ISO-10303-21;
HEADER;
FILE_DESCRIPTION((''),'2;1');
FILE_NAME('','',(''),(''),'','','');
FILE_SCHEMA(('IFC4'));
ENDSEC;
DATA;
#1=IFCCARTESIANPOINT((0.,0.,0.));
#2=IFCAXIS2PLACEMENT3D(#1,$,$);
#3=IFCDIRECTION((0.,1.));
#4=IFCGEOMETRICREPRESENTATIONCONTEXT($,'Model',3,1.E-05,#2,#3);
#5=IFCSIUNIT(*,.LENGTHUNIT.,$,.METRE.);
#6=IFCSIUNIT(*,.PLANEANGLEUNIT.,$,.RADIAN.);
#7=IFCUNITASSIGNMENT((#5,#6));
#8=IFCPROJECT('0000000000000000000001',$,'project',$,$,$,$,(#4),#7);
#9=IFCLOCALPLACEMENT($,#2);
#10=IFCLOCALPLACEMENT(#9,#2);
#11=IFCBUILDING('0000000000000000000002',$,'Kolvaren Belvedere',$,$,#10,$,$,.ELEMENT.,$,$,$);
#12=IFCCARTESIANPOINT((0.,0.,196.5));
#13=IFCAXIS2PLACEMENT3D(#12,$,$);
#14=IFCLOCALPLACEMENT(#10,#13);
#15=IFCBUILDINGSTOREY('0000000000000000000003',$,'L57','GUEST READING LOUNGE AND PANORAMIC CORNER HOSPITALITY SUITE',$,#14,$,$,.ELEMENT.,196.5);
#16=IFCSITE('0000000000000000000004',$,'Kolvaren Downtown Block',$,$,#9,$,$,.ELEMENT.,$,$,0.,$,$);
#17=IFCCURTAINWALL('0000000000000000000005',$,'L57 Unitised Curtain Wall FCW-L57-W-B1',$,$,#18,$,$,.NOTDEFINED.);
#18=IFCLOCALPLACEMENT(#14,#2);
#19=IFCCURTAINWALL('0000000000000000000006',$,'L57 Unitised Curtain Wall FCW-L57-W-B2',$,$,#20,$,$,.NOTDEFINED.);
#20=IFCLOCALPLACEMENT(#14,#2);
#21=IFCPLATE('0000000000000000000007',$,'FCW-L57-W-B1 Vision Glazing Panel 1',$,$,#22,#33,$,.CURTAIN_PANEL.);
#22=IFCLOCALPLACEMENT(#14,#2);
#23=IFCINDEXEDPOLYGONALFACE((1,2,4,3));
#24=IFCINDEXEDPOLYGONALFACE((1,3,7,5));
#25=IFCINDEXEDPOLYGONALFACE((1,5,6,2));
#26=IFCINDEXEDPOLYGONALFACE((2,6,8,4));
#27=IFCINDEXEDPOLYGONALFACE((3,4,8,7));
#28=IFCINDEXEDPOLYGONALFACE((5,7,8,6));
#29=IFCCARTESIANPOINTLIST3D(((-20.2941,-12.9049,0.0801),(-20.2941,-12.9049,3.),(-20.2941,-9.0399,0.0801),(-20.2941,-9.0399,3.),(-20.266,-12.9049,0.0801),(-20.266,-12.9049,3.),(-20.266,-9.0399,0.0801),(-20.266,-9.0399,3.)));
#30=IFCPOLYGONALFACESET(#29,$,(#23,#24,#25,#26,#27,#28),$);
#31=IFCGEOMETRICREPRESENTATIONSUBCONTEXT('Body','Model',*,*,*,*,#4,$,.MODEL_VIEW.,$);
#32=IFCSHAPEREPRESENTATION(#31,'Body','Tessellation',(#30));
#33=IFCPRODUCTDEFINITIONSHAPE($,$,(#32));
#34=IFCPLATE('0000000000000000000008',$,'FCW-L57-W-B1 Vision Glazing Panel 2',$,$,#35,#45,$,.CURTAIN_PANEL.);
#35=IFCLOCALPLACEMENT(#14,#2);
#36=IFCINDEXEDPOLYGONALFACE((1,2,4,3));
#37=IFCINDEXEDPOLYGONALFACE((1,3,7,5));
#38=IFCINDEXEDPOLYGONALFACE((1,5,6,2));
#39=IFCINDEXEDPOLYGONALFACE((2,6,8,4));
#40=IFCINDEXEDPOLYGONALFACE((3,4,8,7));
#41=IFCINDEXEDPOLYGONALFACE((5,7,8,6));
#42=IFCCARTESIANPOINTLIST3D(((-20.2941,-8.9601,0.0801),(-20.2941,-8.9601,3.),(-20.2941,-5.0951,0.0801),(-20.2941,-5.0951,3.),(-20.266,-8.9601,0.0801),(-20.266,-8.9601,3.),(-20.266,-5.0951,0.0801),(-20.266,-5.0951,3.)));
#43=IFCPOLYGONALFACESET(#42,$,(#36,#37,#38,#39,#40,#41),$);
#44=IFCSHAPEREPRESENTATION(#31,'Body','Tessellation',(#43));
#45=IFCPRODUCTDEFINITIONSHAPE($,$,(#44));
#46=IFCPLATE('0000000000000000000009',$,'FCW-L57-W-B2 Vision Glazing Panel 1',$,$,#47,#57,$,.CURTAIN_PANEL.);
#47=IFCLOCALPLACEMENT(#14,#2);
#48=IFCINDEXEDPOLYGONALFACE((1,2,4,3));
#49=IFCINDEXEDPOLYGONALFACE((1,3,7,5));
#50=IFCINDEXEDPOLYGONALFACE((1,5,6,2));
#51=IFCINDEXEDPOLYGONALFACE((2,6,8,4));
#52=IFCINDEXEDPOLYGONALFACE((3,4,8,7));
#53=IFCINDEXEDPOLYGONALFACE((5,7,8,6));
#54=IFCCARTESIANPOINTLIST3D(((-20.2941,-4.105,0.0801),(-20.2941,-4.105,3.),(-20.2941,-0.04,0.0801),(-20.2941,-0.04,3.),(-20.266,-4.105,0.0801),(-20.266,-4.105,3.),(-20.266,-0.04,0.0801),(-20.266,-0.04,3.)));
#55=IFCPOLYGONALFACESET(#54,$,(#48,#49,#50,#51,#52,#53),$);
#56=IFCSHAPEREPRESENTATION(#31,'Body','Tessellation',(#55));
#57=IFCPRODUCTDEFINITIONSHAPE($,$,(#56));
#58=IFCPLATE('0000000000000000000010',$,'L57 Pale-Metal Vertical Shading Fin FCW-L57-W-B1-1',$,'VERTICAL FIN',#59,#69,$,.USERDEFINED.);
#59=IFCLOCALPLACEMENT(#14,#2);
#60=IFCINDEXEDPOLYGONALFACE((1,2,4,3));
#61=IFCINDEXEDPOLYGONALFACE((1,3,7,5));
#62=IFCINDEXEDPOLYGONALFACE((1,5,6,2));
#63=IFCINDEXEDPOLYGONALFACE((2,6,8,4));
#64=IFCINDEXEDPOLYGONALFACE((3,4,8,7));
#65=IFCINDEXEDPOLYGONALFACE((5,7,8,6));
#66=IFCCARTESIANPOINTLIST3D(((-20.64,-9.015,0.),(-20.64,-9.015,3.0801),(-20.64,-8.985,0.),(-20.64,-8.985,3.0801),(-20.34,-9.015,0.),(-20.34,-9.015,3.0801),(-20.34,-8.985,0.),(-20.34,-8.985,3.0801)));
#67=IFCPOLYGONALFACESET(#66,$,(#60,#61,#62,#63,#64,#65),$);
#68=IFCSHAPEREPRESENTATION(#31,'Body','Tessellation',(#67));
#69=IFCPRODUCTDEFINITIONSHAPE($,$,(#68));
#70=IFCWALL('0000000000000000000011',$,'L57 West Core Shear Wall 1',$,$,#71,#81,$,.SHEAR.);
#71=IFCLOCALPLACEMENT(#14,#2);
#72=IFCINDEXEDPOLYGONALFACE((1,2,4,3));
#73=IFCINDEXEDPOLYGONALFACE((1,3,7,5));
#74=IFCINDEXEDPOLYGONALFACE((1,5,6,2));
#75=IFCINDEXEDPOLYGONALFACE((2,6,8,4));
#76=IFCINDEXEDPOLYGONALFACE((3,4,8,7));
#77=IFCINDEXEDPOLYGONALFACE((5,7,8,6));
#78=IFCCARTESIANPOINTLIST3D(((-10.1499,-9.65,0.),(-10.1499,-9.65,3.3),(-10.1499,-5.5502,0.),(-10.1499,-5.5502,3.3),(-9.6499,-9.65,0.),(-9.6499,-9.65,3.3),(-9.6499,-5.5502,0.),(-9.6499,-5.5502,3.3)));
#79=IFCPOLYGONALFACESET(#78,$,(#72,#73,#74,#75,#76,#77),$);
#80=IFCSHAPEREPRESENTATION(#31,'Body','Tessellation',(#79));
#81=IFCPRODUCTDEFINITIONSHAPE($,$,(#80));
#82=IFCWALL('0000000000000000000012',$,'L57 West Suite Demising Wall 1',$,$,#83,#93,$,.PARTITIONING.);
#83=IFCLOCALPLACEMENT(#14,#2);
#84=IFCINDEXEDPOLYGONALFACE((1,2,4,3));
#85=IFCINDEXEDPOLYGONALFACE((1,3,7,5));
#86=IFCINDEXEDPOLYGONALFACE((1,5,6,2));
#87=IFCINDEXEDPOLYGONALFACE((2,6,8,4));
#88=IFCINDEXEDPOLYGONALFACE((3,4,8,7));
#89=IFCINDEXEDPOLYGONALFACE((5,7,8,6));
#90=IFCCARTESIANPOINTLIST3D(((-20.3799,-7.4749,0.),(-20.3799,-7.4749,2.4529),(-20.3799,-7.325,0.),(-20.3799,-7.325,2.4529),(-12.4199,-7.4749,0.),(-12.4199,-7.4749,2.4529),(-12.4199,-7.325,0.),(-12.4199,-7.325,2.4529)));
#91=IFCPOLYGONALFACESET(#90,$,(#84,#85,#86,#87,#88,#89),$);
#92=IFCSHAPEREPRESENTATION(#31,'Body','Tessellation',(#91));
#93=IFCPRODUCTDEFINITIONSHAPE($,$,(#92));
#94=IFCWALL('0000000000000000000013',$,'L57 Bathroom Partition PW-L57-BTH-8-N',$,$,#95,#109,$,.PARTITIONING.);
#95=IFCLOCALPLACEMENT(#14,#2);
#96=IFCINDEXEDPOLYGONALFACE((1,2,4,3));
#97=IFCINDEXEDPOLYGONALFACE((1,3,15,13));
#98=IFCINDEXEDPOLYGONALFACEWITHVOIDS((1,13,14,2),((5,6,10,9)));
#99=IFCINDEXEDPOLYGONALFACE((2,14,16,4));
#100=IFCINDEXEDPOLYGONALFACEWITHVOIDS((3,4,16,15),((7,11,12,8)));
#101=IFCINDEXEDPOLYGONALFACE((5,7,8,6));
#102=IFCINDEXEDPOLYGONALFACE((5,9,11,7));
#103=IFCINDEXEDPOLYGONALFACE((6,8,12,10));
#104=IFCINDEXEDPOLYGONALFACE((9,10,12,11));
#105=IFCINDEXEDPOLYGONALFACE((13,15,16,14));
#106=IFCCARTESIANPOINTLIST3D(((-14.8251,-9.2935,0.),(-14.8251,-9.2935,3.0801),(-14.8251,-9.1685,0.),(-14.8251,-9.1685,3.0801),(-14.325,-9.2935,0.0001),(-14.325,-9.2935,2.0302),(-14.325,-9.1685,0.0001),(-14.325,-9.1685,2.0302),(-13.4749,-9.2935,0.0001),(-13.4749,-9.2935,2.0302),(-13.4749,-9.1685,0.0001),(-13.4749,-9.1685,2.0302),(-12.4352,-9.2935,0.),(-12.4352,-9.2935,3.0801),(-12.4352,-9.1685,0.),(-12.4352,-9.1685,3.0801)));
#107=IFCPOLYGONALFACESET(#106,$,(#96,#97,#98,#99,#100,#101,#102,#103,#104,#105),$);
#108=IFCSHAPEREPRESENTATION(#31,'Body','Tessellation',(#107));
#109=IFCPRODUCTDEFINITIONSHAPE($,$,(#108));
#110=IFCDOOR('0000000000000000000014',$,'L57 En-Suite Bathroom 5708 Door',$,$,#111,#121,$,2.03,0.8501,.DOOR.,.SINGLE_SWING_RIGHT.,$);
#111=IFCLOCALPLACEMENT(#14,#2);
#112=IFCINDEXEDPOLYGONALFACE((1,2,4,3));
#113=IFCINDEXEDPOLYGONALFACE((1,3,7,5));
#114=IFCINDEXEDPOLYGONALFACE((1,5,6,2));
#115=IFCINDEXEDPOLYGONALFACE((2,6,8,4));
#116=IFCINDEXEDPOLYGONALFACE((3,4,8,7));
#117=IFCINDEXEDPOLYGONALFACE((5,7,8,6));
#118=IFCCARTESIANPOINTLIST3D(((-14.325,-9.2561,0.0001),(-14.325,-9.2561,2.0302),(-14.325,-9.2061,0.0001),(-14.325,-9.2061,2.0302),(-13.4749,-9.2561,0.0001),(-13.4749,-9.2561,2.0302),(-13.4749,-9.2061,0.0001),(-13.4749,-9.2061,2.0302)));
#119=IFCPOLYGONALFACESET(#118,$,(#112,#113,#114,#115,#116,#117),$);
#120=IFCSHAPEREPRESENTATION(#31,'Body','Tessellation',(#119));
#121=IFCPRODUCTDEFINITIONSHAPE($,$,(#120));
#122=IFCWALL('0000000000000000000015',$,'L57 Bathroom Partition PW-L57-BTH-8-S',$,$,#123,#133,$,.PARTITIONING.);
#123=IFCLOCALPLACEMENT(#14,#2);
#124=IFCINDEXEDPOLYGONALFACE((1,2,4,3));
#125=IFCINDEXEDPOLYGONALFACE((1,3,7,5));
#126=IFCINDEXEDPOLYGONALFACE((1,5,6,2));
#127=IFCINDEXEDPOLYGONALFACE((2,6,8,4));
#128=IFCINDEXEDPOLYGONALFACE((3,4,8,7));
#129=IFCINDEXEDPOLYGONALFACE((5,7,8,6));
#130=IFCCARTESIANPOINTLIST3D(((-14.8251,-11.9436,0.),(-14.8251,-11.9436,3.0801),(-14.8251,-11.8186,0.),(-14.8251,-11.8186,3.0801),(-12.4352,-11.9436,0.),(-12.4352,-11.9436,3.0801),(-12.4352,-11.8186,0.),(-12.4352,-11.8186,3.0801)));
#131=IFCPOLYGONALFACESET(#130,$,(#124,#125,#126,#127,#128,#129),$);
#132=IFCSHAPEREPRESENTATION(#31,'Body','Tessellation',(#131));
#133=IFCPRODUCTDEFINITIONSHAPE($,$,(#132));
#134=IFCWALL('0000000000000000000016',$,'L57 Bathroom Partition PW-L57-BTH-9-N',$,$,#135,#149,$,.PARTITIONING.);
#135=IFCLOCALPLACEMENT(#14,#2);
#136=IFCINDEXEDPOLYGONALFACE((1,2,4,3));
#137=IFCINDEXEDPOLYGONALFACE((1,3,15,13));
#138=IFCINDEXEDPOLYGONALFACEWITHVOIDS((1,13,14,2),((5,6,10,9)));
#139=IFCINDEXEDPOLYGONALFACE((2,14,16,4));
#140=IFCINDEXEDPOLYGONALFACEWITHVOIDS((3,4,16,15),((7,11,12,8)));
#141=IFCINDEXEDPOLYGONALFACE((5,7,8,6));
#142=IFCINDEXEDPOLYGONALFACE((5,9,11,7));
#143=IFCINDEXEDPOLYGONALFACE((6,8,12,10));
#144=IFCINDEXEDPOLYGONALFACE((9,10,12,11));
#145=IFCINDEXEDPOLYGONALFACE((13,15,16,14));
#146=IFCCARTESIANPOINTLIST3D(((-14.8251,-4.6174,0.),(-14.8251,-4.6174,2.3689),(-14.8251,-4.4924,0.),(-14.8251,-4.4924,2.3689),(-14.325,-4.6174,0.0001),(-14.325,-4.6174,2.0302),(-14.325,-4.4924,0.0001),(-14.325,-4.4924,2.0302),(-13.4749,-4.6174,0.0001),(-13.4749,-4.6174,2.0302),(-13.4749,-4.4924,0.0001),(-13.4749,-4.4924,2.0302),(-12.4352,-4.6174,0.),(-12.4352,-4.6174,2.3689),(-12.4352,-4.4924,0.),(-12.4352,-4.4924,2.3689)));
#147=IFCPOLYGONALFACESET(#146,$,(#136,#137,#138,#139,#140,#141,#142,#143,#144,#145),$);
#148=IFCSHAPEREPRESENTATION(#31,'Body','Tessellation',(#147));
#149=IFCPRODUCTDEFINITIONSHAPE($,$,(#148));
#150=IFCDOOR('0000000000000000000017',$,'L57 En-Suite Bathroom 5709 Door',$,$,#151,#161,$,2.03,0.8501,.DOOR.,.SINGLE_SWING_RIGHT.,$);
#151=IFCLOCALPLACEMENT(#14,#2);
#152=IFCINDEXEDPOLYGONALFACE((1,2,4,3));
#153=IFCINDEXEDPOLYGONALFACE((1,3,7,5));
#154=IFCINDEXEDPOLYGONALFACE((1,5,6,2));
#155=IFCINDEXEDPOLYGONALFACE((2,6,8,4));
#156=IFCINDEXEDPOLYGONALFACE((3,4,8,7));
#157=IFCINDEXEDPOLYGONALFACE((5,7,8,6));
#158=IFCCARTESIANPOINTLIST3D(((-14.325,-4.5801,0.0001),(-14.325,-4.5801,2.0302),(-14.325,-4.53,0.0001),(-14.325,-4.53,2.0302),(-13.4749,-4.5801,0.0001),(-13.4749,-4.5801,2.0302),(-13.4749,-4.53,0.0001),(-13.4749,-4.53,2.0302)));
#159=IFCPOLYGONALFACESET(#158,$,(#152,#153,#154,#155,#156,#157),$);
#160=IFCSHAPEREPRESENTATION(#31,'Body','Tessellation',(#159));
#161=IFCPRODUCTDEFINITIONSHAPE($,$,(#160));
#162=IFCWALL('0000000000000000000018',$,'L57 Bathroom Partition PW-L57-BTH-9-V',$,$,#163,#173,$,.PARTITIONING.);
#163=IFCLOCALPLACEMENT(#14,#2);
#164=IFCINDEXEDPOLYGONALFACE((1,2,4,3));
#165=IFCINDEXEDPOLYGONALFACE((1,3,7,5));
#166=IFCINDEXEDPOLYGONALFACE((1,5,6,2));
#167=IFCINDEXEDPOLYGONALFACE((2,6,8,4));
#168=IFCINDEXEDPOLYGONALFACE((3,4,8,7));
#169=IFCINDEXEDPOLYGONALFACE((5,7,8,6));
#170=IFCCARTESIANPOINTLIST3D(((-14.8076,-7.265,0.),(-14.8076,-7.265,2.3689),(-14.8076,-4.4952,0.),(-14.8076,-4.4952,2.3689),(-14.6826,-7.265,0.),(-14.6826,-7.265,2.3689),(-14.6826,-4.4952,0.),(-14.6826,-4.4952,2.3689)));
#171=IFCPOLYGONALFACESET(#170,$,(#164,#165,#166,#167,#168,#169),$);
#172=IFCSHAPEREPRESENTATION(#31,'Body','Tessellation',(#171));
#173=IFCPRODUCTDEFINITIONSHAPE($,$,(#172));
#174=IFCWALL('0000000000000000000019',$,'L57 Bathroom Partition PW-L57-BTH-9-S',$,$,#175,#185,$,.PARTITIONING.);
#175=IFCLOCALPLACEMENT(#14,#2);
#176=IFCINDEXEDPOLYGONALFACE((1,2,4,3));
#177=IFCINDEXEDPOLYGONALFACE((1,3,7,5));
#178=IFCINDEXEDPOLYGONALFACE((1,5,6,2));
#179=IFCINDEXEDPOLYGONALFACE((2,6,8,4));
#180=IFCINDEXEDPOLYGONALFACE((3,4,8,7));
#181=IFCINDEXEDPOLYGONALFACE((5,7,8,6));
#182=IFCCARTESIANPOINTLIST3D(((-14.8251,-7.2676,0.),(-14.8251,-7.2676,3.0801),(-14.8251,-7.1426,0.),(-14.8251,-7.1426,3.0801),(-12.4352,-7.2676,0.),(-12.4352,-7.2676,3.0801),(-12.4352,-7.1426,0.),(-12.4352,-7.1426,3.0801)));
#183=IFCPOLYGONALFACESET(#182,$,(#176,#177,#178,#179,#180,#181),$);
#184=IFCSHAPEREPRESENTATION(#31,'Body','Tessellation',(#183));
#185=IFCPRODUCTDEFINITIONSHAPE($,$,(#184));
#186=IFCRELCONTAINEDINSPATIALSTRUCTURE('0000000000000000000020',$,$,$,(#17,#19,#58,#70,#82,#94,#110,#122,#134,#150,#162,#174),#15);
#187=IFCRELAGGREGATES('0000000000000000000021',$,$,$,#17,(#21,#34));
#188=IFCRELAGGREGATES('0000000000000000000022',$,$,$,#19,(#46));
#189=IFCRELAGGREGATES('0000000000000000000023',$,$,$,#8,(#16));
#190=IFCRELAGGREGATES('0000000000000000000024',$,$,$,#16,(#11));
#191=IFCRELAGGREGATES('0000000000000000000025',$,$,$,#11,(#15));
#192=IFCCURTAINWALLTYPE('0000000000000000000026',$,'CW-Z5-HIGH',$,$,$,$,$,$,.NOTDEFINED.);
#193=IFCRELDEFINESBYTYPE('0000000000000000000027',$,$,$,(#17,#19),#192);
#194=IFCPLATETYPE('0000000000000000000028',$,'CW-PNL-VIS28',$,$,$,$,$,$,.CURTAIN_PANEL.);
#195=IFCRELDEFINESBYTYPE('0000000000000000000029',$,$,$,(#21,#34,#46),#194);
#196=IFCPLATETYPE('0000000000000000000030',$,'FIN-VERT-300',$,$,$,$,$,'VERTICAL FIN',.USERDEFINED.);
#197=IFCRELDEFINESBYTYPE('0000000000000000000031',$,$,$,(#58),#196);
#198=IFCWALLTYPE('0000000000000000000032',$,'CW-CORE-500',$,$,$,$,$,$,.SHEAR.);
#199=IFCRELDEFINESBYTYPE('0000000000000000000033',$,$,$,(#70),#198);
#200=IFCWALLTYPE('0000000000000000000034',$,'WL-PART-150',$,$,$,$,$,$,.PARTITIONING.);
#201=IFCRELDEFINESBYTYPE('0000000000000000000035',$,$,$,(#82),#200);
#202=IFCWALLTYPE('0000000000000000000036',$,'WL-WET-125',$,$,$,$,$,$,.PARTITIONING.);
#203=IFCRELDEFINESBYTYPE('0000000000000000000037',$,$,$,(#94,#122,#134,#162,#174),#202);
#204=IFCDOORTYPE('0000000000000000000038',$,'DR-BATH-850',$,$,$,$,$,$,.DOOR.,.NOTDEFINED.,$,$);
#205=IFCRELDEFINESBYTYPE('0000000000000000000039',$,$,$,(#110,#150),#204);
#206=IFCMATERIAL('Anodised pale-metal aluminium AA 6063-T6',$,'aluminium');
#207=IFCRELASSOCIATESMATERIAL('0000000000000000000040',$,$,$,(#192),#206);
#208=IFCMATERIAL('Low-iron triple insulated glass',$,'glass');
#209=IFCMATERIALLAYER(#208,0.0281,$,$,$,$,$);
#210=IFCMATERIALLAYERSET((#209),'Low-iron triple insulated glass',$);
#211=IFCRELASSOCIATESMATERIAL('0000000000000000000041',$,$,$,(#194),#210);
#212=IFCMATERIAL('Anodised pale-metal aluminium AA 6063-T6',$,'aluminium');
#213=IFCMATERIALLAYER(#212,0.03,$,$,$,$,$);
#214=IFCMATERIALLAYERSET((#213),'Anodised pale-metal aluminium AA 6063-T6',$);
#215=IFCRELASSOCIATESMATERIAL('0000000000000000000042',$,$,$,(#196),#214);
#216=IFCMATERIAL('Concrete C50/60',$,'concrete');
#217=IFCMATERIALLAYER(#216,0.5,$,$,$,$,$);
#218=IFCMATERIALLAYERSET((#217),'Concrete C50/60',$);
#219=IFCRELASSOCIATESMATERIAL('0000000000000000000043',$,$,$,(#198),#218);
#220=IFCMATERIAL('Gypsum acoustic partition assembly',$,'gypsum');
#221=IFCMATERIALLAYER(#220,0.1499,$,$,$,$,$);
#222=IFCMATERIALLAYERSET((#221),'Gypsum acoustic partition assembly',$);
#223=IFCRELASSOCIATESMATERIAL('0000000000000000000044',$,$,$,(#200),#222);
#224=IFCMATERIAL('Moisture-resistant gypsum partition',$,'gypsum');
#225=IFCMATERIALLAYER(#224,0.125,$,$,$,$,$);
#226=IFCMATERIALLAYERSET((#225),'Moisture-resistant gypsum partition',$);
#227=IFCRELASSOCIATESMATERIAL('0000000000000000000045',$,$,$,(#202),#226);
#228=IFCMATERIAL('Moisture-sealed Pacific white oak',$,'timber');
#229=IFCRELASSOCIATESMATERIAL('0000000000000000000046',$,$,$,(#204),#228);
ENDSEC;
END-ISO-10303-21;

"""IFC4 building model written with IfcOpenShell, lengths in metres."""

from ifc_helpers import new_model, si_unit, direction, frame, frame_2d, origin, origin_2d, place, context, subcontext, project, spatial, rectangle, extrude, material, layer, layer_set, type_object, element, fill, aggregate, save


model = new_model("IFC4")

# Units and contexts
model_context = context("Model", 3, precision=1e-05, world=origin(), true_north=direction((0.0, 1.0)))
body_context = subcontext(model_context, "Body", "Model", "MODEL_VIEW")
ifc_project = project(units=[si_unit("LENGTHUNIT", "METRE"), si_unit("PLANEANGLEUNIT", "RADIAN")], contexts=[model_context])

# Site, building, storey
site_placement = place(None, origin())
site = spatial("IfcSite", under=ifc_project, at=site_placement, Name="Kolvaren Downtown Block", CompositionType="ELEMENT", RefElevation=0.0)
building_placement = place(site_placement, origin())
building = spatial("IfcBuilding", under=site, at=building_placement, Name="Kolvaren Belvedere", CompositionType="ELEMENT")
storey_placement = place(building_placement, frame((0.0, 0.0, 196.5)))
storey = spatial("IfcBuildingStorey", under=building, at=storey_placement, Name="L57", Description="GUEST READING LOUNGE AND PANORAMIC CORNER HOSPITALITY SUITE", CompositionType="ELEMENT", Elevation=196.5)

# Curtain walls
ifc_material_1 = material(Name="Anodised pale-metal aluminium AA 6063-T6", Category="aluminium")
curtain_wall_type = type_object("IfcCurtainWallType", Name="CW-Z5-HIGH", PredefinedType="NOTDEFINED", material=ifc_material_1)
curtain_wall_1_placement = place(storey_placement, origin())
curtain_wall_1 = element("IfcCurtainWall", 1, at=curtain_wall_1_placement, inside=storey, type_object=curtain_wall_type, Name="L57 Unitised Curtain Wall FCW-L57-W-B1", PredefinedType="NOTDEFINED")
curtain_wall_2_placement = place(storey_placement, origin())
curtain_wall_2 = element("IfcCurtainWall", 2, at=curtain_wall_2_placement, inside=storey, type_object=curtain_wall_type, Name="L57 Unitised Curtain Wall FCW-L57-W-B2", PredefinedType="NOTDEFINED")

# Plates
ifc_material_2 = material(Name="Low-iron triple insulated glass", Category="glass")
ifc_layer_1 = layer(ifc_material_2, 0.0281)
ifc_layer_set_1 = layer_set([ifc_layer_1], Name="Low-iron triple insulated glass")
plate_type_1 = type_object("IfcPlateType", Name="CW-PNL-VIS28", PredefinedType="CURTAIN_PANEL", material=ifc_layer_set_1)
plate_1_placement = place(storey_placement, frame((-20.28, -10.9724, 0.0801), z_axis=(0.0, 0.0, 1.0), x_axis=(0.0, 1.0, 0.0)))
plate_1 = element("IfcPlate", 3, at=plate_1_placement, type_object=plate_type_1, Name="FCW-L57-W-B1 Vision Glazing Panel 1", PredefinedType="CURTAIN_PANEL", context=body_context, shape_type="SweptSolid", body=[
    extrude(rectangle(XDim=3.865, YDim=0.0281, at=origin_2d()), origin(), (0.0, 0.0, 1.0), 2.9199),
])
plate_2_placement = place(storey_placement, frame((-20.28, -7.0276, 0.0801), z_axis=(0.0, 0.0, 1.0), x_axis=(0.0, 1.0, 0.0)))
plate_2 = element("IfcPlate", 4, at=plate_2_placement, type_object=plate_type_1, Name="FCW-L57-W-B1 Vision Glazing Panel 2", PredefinedType="CURTAIN_PANEL", context=body_context, shape_type="SweptSolid", body=[
    extrude(rectangle(XDim=3.865, YDim=0.0281, at=origin_2d()), origin(), (0.0, 0.0, 1.0), 2.9199),
])
aggregate(curtain_wall_1, [plate_1, plate_2])
plate_3_placement = place(storey_placement, frame((-20.28, -2.0725, 0.0801), z_axis=(0.0, 0.0, 1.0), x_axis=(0.0, 1.0, 0.0)))
plate_3 = element("IfcPlate", 5, at=plate_3_placement, type_object=plate_type_1, Name="FCW-L57-W-B2 Vision Glazing Panel 1", PredefinedType="CURTAIN_PANEL", context=body_context, shape_type="SweptSolid", body=[
    extrude(rectangle(XDim=4.0649, YDim=0.0281, at=origin_2d()), origin(), (0.0, 0.0, 1.0), 2.9199),
])
aggregate(curtain_wall_2, [plate_3])
ifc_material_3 = material(Name="Anodised pale-metal aluminium AA 6063-T6", Category="aluminium")
ifc_layer_2 = layer(ifc_material_3, 0.03)
ifc_layer_set_2 = layer_set([ifc_layer_2], Name="Anodised pale-metal aluminium AA 6063-T6")
plate_type_2 = type_object("IfcPlateType", Name="FIN-VERT-300", ElementType="VERTICAL FIN", PredefinedType="USERDEFINED", material=ifc_layer_set_2)
plate_4_placement = place(storey_placement, frame((-20.49, -9.0, 0.0), z_axis=(0.0, 0.0, 1.0), x_axis=(1.0, 0.0, 0.0)))
element("IfcPlate", 6, at=plate_4_placement, inside=storey, type_object=plate_type_2, Name="L57 Pale-Metal Vertical Shading Fin FCW-L57-W-B1-1", ObjectType="VERTICAL FIN", PredefinedType="USERDEFINED", context=body_context, shape_type="SweptSolid", body=[
    extrude(rectangle(XDim=0.3, YDim=0.03, at=origin_2d()), origin(), (0.0, 0.0, 1.0), 3.0801),
])

# Walls
ifc_material_4 = material(Name="Concrete C50/60", Category="concrete")
ifc_layer_3 = layer(ifc_material_4, 0.5)
ifc_layer_set_3 = layer_set([ifc_layer_3], Name="Concrete C50/60")
wall_type_1 = type_object("IfcWallType", Name="CW-CORE-500", PredefinedType="SHEAR", material=ifc_layer_set_3)
wall_1_placement = place(storey_placement, frame((-9.8999, -9.6499, 0.0), z_axis=(0.0, 0.0, 1.0), x_axis=(0.0, 1.0, 0.0)))
element("IfcWall", 7, at=wall_1_placement, inside=storey, type_object=wall_type_1, Name="L57 West Core Shear Wall 1", PredefinedType="SHEAR", context=body_context, shape_type="SweptSolid", body=[
    extrude(rectangle(XDim=4.0999, YDim=0.5, at=frame_2d((2.0498, 0.0))), origin(), (0.0, 0.0, 1.0), 3.3),
])
ifc_material_5 = material(Name="Gypsum acoustic partition assembly", Category="gypsum")
ifc_layer_4 = layer(ifc_material_5, 0.1499)
ifc_layer_set_4 = layer_set([ifc_layer_4], Name="Gypsum acoustic partition assembly")
wall_type_2 = type_object("IfcWallType", Name="WL-PART-150", PredefinedType="PARTITIONING", material=ifc_layer_set_4)
wall_2_placement = place(storey_placement, frame((-20.3799, -7.3999, 0.0), z_axis=(0.0, 0.0, 1.0), x_axis=(1.0, 0.0, 0.0)))
element("IfcWall", 8, at=wall_2_placement, inside=storey, type_object=wall_type_2, Name="L57 West Suite Demising Wall 1", PredefinedType="PARTITIONING", context=body_context, shape_type="SweptSolid", body=[
    extrude(rectangle(XDim=7.96, YDim=0.1499, at=frame_2d((3.98, 0.0))), origin(), (0.0, 0.0, 1.0), 2.4529),
])

# Wall, opening, door
ifc_material_6 = material(Name="Moisture-resistant gypsum partition", Category="gypsum")
ifc_layer_5 = layer(ifc_material_6, 0.125)
ifc_layer_set_5 = layer_set([ifc_layer_5], Name="Moisture-resistant gypsum partition")
wall_type_3 = type_object("IfcWallType", Name="WL-WET-125", PredefinedType="PARTITIONING", material=ifc_layer_set_5)
wall_3_placement = place(storey_placement, frame((-14.825, -9.231, 0.0), z_axis=(0.0, 0.0, 1.0), x_axis=(1.0, 0.0, 0.0)))
wall_3 = element("IfcWall", 9, at=wall_3_placement, inside=storey, type_object=wall_type_3, Name="L57 Bathroom Partition PW-L57-BTH-8-N", PredefinedType="PARTITIONING", context=body_context, shape_type="SweptSolid", body=[
    extrude(rectangle(XDim=2.3899, YDim=0.125, at=frame_2d((1.1948, 0.0))), origin(), (0.0, 0.0, 1.0), 3.0801),
])
opening_1_placement = place(wall_3_placement, frame((0.5, 0.0, 0.0)))
opening_1 = element("IfcOpeningElement", 10, at=opening_1_placement, cuts=wall_3, PredefinedType="OPENING", context=body_context, shape_type="SweptSolid", body=[
    extrude(rectangle(XDim=0.8501, YDim=2.03, at=frame_2d((0.425, 1.0151))), frame((0.0, 0.0725, 0.0), z_axis=(0.0, -1.0, 0.0), x_axis=(1.0, 0.0, 0.0)), (0.0, 0.0, 1.0), 0.145),
])
ifc_material_7 = material(Name="Moisture-sealed Pacific white oak", Category="timber")
door_type = type_object("IfcDoorType", Name="DR-BATH-850", OperationType="NOTDEFINED", PredefinedType="DOOR", material=ifc_material_7)
door_1_placement = place(opening_1_placement, origin())
door_1 = element("IfcDoor", 11, at=door_1_placement, inside=storey, type_object=door_type, Name="L57 En-Suite Bathroom 5708 Door", OperationType="SINGLE_SWING_RIGHT", OverallHeight=2.03, OverallWidth=0.8501, PredefinedType="DOOR", context=body_context, shape_type="SweptSolid", body=[
    extrude(rectangle(XDim=0.8501, YDim=2.03, at=frame_2d((0.425, 1.0151))), frame((0.0, 0.0249, 0.0), z_axis=(0.0, -1.0, 0.0), x_axis=(1.0, 0.0, 0.0)), (0.0, 0.0, 1.0), 0.05),
])
fill(opening_1, door_1)

# Wall
wall_4_placement = place(storey_placement, frame((-14.825, -11.8811, 0.0), z_axis=(0.0, 0.0, 1.0), x_axis=(1.0, 0.0, 0.0)))
element("IfcWall", 12, at=wall_4_placement, inside=storey, type_object=wall_type_3, Name="L57 Bathroom Partition PW-L57-BTH-8-S", PredefinedType="PARTITIONING", context=body_context, shape_type="SweptSolid", body=[
    extrude(rectangle(XDim=2.3899, YDim=0.125, at=frame_2d((1.1948, 0.0))), origin(), (0.0, 0.0, 1.0), 3.0801),
])

# Wall, opening, door
wall_5_placement = place(storey_placement, frame((-14.825, -4.5549, 0.0), z_axis=(0.0, 0.0, 1.0), x_axis=(1.0, 0.0, 0.0)))
wall_5 = element("IfcWall", 13, at=wall_5_placement, inside=storey, type_object=wall_type_3, Name="L57 Bathroom Partition PW-L57-BTH-9-N", PredefinedType="PARTITIONING", context=body_context, shape_type="SweptSolid", body=[
    extrude(rectangle(XDim=2.3899, YDim=0.125, at=frame_2d((1.1948, 0.0))), origin(), (0.0, 0.0, 1.0), 2.3689),
])
opening_2_placement = place(wall_5_placement, frame((0.5, 0.0, 0.0)))
opening_2 = element("IfcOpeningElement", 14, at=opening_2_placement, cuts=wall_5, PredefinedType="OPENING", context=body_context, shape_type="SweptSolid", body=[
    extrude(rectangle(XDim=0.8501, YDim=2.03, at=frame_2d((0.425, 1.0151))), frame((0.0, 0.0725, 0.0), z_axis=(0.0, -1.0, 0.0), x_axis=(1.0, 0.0, 0.0)), (0.0, 0.0, 1.0), 0.145),
])
door_2_placement = place(opening_2_placement, origin())
door_2 = element("IfcDoor", 15, at=door_2_placement, inside=storey, type_object=door_type, Name="L57 En-Suite Bathroom 5709 Door", OperationType="SINGLE_SWING_RIGHT", OverallHeight=2.03, OverallWidth=0.8501, PredefinedType="DOOR", context=body_context, shape_type="SweptSolid", body=[
    extrude(rectangle(XDim=0.8501, YDim=2.03, at=frame_2d((0.425, 1.0151))), frame((0.0, 0.0249, 0.0), z_axis=(0.0, -1.0, 0.0), x_axis=(1.0, 0.0, 0.0)), (0.0, 0.0, 1.0), 0.05),
])
fill(opening_2, door_2)

# Walls
wall_6_placement = place(storey_placement, frame((-14.7451, -7.2649, 0.0), z_axis=(0.0, 0.0, 1.0), x_axis=(0.0, 1.0, 0.0)))
element("IfcWall", 16, at=wall_6_placement, inside=storey, type_object=wall_type_3, Name="L57 Bathroom Partition PW-L57-BTH-9-V", PredefinedType="PARTITIONING", context=body_context, shape_type="SweptSolid", body=[
    extrude(rectangle(XDim=2.7698, YDim=0.125, at=frame_2d((1.3848, 0.0))), origin(), (0.0, 0.0, 1.0), 2.3689),
])
wall_7_placement = place(storey_placement, frame((-14.825, -7.2051, 0.0), z_axis=(0.0, 0.0, 1.0), x_axis=(1.0, 0.0, 0.0)))
element("IfcWall", 17, at=wall_7_placement, inside=storey, type_object=wall_type_3, Name="L57 Bathroom Partition PW-L57-BTH-9-S", PredefinedType="PARTITIONING", context=body_context, shape_type="SweptSolid", body=[
    extrude(rectangle(XDim=2.3899, YDim=0.125, at=frame_2d((1.1948, 0.0))), origin(), (0.0, 0.0, 1.0), 3.0801),
])

save(model, "model.ifc")
